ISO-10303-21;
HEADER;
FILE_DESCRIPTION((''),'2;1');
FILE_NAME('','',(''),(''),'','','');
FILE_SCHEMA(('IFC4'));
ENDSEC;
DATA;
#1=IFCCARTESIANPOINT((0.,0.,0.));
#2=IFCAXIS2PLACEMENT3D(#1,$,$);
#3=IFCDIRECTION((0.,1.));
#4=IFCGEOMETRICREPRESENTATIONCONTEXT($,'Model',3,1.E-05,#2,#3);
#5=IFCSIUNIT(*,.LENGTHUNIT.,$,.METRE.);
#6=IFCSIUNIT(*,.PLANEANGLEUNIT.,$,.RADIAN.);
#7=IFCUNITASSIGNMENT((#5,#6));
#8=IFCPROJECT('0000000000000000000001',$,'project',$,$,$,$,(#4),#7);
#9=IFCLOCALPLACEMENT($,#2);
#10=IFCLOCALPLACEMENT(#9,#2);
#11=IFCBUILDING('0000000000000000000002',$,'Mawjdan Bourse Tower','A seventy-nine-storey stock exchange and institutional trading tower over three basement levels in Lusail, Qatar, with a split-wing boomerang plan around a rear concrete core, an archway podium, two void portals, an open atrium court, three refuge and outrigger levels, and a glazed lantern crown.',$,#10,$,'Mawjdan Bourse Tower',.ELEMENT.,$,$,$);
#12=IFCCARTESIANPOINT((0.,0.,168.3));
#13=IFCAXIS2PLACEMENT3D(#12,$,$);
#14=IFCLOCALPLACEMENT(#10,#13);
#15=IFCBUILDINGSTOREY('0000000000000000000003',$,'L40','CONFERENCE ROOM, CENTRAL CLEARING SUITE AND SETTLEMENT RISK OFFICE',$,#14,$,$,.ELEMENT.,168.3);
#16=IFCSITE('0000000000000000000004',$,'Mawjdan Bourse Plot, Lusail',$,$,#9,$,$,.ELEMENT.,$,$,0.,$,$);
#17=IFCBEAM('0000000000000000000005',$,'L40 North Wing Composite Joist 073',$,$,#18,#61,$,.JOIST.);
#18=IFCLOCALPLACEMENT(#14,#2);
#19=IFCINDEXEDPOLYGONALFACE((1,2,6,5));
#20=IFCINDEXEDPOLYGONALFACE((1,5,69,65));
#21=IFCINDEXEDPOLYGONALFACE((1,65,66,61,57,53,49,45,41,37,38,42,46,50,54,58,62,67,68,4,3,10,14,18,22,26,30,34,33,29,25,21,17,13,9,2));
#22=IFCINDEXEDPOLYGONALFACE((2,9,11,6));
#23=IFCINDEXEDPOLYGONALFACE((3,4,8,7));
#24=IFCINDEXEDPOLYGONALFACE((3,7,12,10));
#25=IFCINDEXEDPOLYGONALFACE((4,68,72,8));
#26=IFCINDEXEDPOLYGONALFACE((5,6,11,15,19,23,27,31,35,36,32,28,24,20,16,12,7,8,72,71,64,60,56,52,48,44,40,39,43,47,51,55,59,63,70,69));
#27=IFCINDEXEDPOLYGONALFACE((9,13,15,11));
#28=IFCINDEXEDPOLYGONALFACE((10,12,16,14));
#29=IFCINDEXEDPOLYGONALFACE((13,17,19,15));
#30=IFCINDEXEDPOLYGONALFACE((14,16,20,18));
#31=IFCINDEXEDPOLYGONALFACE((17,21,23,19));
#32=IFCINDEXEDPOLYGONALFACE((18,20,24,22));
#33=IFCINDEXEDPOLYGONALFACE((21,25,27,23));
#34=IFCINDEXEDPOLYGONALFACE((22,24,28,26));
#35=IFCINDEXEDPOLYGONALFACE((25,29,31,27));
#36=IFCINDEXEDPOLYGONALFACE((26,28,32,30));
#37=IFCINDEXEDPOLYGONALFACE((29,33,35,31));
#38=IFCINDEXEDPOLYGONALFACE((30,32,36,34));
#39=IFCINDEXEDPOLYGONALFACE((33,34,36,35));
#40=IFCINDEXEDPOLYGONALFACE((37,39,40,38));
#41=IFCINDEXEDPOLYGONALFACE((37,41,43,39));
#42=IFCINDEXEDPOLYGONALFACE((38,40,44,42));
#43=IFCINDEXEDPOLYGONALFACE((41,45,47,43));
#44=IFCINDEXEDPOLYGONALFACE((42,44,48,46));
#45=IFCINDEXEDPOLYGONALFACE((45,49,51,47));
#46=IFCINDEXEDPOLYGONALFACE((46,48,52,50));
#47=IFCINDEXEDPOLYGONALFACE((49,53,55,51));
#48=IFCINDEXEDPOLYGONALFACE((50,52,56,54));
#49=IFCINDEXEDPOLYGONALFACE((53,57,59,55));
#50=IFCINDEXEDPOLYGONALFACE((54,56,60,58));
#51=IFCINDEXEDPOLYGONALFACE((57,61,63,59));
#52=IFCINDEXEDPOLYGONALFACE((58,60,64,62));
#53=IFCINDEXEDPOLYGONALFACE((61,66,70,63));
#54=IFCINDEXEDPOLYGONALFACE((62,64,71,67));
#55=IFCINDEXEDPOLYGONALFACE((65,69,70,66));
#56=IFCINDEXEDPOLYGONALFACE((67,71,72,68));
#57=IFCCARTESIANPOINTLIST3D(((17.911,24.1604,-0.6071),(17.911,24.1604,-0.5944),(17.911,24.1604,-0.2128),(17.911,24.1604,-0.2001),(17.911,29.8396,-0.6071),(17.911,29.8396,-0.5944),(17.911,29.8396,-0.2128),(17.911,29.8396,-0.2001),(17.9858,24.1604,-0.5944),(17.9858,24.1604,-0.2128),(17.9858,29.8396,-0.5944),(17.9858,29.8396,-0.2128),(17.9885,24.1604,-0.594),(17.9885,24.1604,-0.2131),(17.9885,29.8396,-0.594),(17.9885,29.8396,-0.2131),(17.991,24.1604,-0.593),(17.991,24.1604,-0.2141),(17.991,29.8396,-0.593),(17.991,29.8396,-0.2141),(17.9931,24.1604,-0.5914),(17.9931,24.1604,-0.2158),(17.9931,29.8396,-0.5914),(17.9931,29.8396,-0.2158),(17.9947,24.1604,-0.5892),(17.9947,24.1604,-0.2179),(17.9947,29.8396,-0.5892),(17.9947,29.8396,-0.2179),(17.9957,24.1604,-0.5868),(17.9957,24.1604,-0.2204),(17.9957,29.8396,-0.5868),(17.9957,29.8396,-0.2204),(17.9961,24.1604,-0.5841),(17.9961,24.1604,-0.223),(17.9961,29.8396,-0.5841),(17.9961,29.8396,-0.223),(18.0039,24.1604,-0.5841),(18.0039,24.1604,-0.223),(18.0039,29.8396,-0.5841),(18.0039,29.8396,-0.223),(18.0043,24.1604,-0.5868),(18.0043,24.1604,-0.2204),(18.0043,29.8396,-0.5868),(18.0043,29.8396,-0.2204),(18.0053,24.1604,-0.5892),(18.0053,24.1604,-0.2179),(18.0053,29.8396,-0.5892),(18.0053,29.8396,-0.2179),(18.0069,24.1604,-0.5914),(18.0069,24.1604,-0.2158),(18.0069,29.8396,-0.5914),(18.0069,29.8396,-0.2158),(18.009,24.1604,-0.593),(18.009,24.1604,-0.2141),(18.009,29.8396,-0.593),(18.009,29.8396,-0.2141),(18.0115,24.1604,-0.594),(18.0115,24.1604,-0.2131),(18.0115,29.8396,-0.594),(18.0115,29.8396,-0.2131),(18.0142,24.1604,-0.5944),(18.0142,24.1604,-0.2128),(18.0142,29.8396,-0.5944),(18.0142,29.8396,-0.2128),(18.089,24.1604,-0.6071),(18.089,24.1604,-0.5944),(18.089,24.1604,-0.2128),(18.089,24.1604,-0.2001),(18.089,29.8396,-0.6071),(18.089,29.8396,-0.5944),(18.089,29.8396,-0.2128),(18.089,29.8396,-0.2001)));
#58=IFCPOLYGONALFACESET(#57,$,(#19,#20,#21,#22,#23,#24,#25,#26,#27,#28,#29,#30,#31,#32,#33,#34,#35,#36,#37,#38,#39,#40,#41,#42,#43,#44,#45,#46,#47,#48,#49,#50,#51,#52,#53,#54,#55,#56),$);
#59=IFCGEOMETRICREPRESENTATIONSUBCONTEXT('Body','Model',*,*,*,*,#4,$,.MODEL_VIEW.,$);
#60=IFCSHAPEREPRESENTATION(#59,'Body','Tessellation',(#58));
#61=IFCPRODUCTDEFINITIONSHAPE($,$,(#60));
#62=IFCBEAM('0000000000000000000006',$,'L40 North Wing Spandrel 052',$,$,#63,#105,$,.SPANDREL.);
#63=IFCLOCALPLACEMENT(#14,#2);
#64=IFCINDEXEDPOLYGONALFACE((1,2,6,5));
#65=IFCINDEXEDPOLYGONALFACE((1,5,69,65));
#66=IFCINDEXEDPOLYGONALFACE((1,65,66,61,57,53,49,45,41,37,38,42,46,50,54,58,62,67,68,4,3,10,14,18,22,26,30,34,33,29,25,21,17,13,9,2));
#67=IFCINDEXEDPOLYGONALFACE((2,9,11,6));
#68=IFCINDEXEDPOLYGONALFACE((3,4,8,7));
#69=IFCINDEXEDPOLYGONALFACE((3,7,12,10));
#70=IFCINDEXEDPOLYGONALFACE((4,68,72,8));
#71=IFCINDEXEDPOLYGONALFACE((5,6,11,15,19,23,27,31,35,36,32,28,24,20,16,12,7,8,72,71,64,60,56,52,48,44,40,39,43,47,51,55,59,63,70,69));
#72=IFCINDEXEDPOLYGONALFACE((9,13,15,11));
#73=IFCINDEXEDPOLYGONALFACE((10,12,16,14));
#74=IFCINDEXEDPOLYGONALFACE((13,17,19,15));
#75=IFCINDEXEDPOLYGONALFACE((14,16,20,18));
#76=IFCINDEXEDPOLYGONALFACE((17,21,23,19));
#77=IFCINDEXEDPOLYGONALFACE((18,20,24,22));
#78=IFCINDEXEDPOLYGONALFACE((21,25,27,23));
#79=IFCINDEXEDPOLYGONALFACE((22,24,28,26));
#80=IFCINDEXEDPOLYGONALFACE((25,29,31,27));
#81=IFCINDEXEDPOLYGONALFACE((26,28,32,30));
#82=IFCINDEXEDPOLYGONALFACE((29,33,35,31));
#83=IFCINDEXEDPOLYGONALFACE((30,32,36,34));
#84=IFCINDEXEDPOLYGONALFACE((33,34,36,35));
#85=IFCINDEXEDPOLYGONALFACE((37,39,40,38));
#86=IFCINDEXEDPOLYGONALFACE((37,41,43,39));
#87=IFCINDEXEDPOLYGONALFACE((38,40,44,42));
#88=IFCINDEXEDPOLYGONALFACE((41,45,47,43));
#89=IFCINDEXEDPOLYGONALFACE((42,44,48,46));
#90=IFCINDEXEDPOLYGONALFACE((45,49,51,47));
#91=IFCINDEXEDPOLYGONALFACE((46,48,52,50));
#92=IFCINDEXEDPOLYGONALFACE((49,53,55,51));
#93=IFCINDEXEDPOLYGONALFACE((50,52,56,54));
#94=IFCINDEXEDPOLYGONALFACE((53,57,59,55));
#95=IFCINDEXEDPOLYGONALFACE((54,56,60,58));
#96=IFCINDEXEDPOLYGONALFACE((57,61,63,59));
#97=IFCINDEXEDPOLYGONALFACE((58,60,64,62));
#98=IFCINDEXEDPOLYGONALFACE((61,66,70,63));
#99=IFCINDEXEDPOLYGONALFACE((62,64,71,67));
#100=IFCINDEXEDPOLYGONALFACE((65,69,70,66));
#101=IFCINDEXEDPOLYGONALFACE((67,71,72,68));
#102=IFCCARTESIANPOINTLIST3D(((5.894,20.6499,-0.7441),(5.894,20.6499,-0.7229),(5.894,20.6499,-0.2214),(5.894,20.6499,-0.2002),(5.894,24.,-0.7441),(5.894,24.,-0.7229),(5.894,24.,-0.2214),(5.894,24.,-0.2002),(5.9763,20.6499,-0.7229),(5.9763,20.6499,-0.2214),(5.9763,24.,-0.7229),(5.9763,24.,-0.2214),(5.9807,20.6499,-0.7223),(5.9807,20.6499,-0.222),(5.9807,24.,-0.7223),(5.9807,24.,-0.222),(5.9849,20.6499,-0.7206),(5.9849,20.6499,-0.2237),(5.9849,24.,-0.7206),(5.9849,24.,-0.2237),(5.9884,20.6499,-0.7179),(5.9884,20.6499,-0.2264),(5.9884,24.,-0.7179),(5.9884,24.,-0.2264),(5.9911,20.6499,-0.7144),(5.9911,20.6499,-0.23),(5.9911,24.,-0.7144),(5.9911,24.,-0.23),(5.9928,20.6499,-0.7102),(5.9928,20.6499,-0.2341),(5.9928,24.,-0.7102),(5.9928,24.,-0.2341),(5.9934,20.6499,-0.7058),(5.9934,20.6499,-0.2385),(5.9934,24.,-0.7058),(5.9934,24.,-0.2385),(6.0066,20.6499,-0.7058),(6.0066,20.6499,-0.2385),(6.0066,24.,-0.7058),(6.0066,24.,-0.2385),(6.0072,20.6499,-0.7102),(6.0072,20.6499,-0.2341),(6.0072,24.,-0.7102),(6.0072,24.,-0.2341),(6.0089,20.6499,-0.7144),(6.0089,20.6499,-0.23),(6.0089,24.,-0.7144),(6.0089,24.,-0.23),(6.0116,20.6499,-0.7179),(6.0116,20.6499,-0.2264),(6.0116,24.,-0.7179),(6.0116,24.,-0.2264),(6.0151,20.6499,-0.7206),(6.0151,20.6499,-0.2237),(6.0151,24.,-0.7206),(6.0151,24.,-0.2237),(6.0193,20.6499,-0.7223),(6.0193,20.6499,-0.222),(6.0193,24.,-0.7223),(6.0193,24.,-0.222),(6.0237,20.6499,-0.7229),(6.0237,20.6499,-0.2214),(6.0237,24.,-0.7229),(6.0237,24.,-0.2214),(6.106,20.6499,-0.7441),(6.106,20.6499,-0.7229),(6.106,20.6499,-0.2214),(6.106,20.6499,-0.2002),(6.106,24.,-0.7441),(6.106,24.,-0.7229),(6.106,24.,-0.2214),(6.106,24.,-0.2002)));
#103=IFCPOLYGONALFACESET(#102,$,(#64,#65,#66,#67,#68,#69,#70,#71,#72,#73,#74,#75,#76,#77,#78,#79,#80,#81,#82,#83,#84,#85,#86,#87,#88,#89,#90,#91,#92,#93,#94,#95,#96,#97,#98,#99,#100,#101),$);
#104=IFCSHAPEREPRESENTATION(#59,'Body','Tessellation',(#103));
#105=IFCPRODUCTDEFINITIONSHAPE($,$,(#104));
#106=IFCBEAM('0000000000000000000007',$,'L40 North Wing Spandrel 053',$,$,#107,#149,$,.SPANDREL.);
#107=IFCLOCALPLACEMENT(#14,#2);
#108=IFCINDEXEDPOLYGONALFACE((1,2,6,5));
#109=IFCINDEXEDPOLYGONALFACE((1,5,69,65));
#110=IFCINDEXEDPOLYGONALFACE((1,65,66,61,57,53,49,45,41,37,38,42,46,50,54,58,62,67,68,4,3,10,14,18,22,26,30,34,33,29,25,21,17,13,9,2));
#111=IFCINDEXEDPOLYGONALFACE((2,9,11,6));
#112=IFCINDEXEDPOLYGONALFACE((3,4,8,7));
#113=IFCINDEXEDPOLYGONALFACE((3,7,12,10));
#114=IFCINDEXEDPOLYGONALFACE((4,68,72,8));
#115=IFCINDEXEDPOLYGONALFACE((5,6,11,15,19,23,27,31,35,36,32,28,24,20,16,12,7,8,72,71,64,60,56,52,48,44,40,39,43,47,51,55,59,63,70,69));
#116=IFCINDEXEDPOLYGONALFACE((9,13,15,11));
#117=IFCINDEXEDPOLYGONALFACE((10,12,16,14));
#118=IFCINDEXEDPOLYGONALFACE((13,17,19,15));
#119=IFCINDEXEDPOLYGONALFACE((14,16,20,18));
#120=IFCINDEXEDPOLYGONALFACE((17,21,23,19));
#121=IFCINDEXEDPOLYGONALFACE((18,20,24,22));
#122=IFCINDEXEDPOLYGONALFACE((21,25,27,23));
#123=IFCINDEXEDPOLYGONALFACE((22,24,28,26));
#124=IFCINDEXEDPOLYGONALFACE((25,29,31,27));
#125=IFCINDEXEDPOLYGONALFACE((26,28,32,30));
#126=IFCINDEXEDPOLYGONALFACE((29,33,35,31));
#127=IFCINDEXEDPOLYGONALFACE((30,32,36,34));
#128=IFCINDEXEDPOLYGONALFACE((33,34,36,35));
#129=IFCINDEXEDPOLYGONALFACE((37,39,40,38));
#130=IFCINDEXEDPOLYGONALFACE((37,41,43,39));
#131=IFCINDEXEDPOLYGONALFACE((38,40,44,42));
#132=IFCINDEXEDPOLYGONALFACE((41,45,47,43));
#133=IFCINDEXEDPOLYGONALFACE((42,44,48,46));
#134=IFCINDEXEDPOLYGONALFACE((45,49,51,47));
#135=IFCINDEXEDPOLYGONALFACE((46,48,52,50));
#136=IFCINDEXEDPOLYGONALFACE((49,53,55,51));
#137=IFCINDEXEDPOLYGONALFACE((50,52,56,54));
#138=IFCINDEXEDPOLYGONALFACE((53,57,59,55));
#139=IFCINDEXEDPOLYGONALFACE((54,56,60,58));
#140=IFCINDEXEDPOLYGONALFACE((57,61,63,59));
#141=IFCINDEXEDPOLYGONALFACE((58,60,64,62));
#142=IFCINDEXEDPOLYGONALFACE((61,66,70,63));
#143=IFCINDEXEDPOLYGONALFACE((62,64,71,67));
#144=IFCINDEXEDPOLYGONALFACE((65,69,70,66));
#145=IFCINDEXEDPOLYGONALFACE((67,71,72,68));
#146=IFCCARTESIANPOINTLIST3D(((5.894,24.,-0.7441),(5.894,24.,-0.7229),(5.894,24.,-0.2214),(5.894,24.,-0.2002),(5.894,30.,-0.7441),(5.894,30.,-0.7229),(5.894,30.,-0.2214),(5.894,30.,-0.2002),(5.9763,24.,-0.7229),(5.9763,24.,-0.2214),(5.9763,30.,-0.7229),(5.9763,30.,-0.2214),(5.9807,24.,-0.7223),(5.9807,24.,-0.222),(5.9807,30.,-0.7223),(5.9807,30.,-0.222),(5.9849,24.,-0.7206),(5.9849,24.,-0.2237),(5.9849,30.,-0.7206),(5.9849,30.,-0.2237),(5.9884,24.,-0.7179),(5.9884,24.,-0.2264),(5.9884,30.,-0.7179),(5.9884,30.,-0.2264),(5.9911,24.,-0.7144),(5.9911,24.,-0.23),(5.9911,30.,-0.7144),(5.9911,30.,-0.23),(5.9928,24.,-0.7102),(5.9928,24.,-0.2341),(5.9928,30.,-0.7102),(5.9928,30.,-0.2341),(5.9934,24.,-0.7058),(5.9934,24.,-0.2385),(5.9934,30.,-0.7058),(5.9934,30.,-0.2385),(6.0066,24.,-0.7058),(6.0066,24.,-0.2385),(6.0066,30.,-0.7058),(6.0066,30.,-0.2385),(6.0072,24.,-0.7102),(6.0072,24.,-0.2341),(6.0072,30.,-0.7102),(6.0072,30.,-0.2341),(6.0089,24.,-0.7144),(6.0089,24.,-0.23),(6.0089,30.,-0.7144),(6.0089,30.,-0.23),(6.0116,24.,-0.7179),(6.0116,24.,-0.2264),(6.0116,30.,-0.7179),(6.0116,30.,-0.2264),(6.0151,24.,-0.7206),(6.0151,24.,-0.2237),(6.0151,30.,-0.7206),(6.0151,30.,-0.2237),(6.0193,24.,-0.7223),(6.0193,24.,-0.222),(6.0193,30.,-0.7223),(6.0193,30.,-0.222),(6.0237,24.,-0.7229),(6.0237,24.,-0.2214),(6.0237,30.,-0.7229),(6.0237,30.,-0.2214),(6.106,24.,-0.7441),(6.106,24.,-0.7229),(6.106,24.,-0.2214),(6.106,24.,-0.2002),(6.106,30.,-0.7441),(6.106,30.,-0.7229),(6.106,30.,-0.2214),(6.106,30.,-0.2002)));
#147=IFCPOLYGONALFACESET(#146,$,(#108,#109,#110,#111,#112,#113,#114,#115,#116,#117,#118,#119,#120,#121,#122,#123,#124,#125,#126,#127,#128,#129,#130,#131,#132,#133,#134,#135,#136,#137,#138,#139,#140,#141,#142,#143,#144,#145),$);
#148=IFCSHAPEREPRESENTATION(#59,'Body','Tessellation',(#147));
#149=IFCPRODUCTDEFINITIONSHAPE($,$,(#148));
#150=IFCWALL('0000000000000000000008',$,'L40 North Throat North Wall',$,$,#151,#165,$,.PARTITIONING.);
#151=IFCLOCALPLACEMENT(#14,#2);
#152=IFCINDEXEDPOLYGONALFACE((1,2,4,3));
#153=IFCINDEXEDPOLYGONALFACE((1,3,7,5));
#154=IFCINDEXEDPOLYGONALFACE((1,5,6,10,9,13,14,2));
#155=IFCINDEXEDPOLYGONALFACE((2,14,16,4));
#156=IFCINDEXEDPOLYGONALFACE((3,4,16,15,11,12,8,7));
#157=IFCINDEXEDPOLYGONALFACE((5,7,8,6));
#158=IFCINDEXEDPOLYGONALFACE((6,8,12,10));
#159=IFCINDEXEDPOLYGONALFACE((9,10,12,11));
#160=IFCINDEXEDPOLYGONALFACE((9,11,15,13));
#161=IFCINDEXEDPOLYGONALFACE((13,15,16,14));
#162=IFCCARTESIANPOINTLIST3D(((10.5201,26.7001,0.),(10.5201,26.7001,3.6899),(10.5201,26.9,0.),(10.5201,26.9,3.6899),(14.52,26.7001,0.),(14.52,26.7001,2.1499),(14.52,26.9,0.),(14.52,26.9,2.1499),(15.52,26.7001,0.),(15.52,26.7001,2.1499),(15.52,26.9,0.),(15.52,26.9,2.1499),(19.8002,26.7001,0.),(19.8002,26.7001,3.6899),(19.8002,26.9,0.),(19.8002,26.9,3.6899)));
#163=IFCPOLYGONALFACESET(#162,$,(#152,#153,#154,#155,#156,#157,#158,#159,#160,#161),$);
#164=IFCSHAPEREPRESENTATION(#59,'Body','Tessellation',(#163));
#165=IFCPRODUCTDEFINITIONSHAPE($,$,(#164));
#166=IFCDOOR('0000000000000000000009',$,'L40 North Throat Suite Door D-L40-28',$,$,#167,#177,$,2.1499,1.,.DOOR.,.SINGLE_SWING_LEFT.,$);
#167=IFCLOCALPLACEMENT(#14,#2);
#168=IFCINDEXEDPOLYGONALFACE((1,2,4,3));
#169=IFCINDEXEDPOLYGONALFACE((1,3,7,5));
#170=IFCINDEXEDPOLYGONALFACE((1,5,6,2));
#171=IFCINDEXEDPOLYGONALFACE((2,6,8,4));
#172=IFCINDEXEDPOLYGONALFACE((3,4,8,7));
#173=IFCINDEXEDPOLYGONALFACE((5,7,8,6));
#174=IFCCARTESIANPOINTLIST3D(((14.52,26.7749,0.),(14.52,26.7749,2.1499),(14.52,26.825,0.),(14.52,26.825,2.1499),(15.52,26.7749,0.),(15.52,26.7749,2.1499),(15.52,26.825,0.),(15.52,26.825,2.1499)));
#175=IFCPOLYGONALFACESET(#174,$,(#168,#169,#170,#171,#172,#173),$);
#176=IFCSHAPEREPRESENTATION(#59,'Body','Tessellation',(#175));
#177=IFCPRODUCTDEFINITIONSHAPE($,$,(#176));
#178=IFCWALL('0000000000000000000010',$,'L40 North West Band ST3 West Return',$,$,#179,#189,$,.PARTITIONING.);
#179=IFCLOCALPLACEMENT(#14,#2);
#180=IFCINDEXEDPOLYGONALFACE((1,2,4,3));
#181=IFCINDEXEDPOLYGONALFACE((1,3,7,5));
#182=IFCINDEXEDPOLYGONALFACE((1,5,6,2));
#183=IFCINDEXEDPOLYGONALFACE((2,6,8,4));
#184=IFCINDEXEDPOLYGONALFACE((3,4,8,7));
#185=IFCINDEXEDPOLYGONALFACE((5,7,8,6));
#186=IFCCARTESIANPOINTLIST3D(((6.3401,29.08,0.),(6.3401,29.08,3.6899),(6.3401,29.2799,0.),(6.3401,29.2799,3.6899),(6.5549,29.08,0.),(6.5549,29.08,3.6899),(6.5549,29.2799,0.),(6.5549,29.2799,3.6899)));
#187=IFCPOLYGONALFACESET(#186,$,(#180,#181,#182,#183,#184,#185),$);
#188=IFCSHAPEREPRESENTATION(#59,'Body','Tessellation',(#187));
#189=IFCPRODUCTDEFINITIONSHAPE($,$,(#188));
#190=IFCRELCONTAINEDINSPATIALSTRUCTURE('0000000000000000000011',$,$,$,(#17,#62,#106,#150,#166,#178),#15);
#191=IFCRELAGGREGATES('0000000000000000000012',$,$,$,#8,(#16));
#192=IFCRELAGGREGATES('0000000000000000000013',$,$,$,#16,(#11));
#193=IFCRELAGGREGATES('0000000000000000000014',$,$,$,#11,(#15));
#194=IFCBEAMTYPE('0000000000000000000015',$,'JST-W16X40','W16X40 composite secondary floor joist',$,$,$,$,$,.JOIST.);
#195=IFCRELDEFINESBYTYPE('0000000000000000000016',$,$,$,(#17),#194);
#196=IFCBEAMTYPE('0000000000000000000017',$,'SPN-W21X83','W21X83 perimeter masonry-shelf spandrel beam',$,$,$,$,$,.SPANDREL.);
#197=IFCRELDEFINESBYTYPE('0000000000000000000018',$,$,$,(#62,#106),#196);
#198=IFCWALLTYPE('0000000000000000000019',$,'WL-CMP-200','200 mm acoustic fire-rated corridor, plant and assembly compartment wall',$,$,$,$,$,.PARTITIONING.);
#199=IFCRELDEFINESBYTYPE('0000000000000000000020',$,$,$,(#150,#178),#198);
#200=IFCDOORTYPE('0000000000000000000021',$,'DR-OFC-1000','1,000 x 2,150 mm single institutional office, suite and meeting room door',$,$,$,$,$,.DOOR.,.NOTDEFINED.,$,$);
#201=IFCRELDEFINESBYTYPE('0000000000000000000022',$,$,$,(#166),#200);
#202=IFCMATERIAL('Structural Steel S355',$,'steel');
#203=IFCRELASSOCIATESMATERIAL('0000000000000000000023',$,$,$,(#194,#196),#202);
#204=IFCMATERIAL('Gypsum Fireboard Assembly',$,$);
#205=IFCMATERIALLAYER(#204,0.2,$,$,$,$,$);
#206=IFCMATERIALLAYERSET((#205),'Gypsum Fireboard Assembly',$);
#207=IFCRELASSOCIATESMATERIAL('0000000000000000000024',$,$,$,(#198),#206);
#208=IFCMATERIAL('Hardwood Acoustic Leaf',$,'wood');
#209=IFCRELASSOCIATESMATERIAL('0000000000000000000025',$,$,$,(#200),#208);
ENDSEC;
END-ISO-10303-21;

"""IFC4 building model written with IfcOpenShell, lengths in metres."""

from ifc_helpers import new_model, si_unit, direction, frame, frame_2d, origin, origin_2d, place, context, subcontext, project, spatial, rectangle, i_section, extrude, material, layer, layer_set, material_profile, profile_set, type_object, element, fill, save


model = new_model("IFC4")

# Units and contexts
model_context = context("Model", 3, precision=1e-05, world=origin(), true_north=direction((0.0, 1.0)))
body_context = subcontext(model_context, "Body", "Model", "MODEL_VIEW")
ifc_project = project(units=[si_unit("LENGTHUNIT", "METRE"), si_unit("PLANEANGLEUNIT", "RADIAN")], contexts=[model_context])

# Site, building, storey
site_placement = place(None, origin())
site = spatial("IfcSite", under=ifc_project, at=site_placement, Name="Mawjdan Bourse Plot, Lusail", CompositionType="ELEMENT", RefElevation=0.0)
building_placement = place(site_placement, origin())
building = spatial("IfcBuilding", under=site, at=building_placement, Name="Mawjdan Bourse Tower", Description="A seventy-nine-storey stock exchange and institutional trading tower over three basement levels in Lusail, Qatar, with a split-wing boomerang plan around a rear concrete core, an archway podium, two void portals, an open atrium court, three refuge and outrigger levels, and a glazed lantern crown.", LongName="Mawjdan Bourse Tower", CompositionType="ELEMENT")
storey_placement = place(building_placement, frame((0.0, 0.0, 168.3)))
storey = spatial("IfcBuildingStorey", under=building, at=storey_placement, Name="L40", Description="CONFERENCE ROOM, CENTRAL CLEARING SUITE AND SETTLEMENT RISK OFFICE", CompositionType="ELEMENT", Elevation=168.3)

# Beams
ifc_material_1 = material(Name="Structural Steel S355", Category="steel")
ifc_material_profile_1 = material_profile(ifc_material_1, i_section(OverallWidth=0.178, OverallDepth=0.407, WebThickness=0.0078, FlangeThickness=0.0127, FilletRadius=0.0103, at=origin_2d()), Name="W16X40")
ifc_profile_set_1 = profile_set([ifc_material_profile_1], Name="Structural Steel S355")
beam_type_1 = type_object("IfcBeamType", Name="JST-W16X40", Description="W16X40 composite secondary floor joist", PredefinedType="JOIST", material=ifc_profile_set_1)
beam_1_placement = place(storey_placement, frame((18.0, 24.1604, -0.4036), z_axis=(0.0, 1.0, 0.0), x_axis=(-1.0, 0.0, 0.0)))
element("IfcBeam", 1, at=beam_1_placement, inside=storey, type_object=beam_type_1, Name="L40 North Wing Composite Joist 073", PredefinedType="JOIST", context=body_context, shape_type="SweptSolid", body=[
    extrude(i_section(OverallWidth=0.178, OverallDepth=0.407, WebThickness=0.0078, FlangeThickness=0.0127, FilletRadius=0.0103, at=origin_2d()), origin(), (0.0, 0.0, 1.0), 5.6792),
])
ifc_material_profile_2 = material_profile(ifc_material_1, i_section(OverallWidth=0.2119, OverallDepth=0.5439, WebThickness=0.0132, FlangeThickness=0.0212, FilletRadius=0.0171, at=origin_2d()), Name="W21X83")
ifc_profile_set_2 = profile_set([ifc_material_profile_2], Name="Structural Steel S355")
beam_type_2 = type_object("IfcBeamType", Name="SPN-W21X83", Description="W21X83 perimeter masonry-shelf spandrel beam", PredefinedType="SPANDREL", material=ifc_profile_set_2)
beam_2_placement = place(storey_placement, frame((6.0, 20.6499, -0.4722), z_axis=(0.0, 1.0, 0.0), x_axis=(-1.0, 0.0, 0.0)))
element("IfcBeam", 2, at=beam_2_placement, inside=storey, type_object=beam_type_2, Name="L40 North Wing Spandrel 052", PredefinedType="SPANDREL", context=body_context, shape_type="SweptSolid", body=[
    extrude(i_section(OverallWidth=0.2119, OverallDepth=0.5439, WebThickness=0.0132, FlangeThickness=0.0212, FilletRadius=0.0171, at=origin_2d()), origin(), (0.0, 0.0, 1.0), 3.3501),
])
beam_3_placement = place(storey_placement, frame((6.0, 24.0, -0.4722), z_axis=(0.0, 1.0, 0.0), x_axis=(-1.0, 0.0, 0.0)))
element("IfcBeam", 3, at=beam_3_placement, inside=storey, type_object=beam_type_2, Name="L40 North Wing Spandrel 053", PredefinedType="SPANDREL", context=body_context, shape_type="SweptSolid", body=[
    extrude(i_section(OverallWidth=0.2119, OverallDepth=0.5439, WebThickness=0.0132, FlangeThickness=0.0212, FilletRadius=0.0171, at=origin_2d()), origin(), (0.0, 0.0, 1.0), 6.0),
])

# Wall, opening, door
ifc_material_2 = material(Name="Gypsum Fireboard Assembly")
ifc_layer_1 = layer(ifc_material_2, 0.2)
ifc_layer_set_1 = layer_set([ifc_layer_1], Name="Gypsum Fireboard Assembly")
wall_type_1 = type_object("IfcWallType", Name="WL-CMP-200", Description="200 mm acoustic fire-rated corridor, plant and assembly compartment wall", PredefinedType="PARTITIONING", material=ifc_layer_set_1)
wall_1_placement = place(storey_placement, frame((10.52, 26.8, 0.0), z_axis=(0.0, 0.0, 1.0), x_axis=(1.0, 0.0, 0.0)))
wall_1 = element("IfcWall", 4, at=wall_1_placement, inside=storey, type_object=wall_type_1, Name="L40 North Throat North Wall", PredefinedType="PARTITIONING", context=body_context, shape_type="SweptSolid", body=[
    extrude(rectangle(XDim=9.28, YDim=0.2, at=frame_2d((4.6401, 0.0))), origin(), (0.0, 0.0, 1.0), 3.6899),
])
opening_1_placement = place(wall_1_placement, frame((4.0, 0.0, 0.0)))
opening_1 = element("IfcOpeningElement", 5, at=opening_1_placement, cuts=wall_1, PredefinedType="OPENING", context=body_context, shape_type="SweptSolid", body=[
    extrude(rectangle(XDim=1.0, YDim=2.1499, at=frame_2d((0.5, 1.075))), frame((0.0, 0.1099, 0.0), z_axis=(0.0, -1.0, 0.0), x_axis=(1.0, 0.0, 0.0)), (0.0, 0.0, 1.0), 0.22),
])
ifc_material_3 = material(Name="Hardwood Acoustic Leaf", Category="wood")
door_type_1 = type_object("IfcDoorType", Name="DR-OFC-1000", Description="1,000 x 2,150 mm single institutional office, suite and meeting room door", OperationType="NOTDEFINED", PredefinedType="DOOR", material=ifc_material_3)
door_1_placement = place(opening_1_placement, origin())
door_1 = element("IfcDoor", 6, at=door_1_placement, inside=storey, type_object=door_type_1, Name="L40 North Throat Suite Door D-L40-28", OperationType="SINGLE_SWING_LEFT", OverallHeight=2.1499, OverallWidth=1.0, PredefinedType="DOOR", context=body_context, shape_type="SweptSolid", body=[
    extrude(rectangle(XDim=1.0, YDim=2.1499, at=frame_2d((0.5, 1.075))), frame((0.0, 0.0249, 0.0), z_axis=(0.0, -1.0, 0.0), x_axis=(1.0, 0.0, 0.0)), (0.0, 0.0, 1.0), 0.05),
])
fill(opening_1, door_1)

# Wall
wall_2_placement = place(storey_placement, frame((6.3401, 29.1799, 0.0), z_axis=(0.0, 0.0, 1.0), x_axis=(1.0, 0.0, 0.0)))
element("IfcWall", 7, at=wall_2_placement, inside=storey, type_object=wall_type_1, Name="L40 North West Band ST3 West Return", PredefinedType="PARTITIONING", context=body_context, shape_type="SweptSolid", body=[
    extrude(rectangle(XDim=0.2148, YDim=0.2, at=frame_2d((0.1074, 0.0))), origin(), (0.0, 0.0, 1.0), 3.6899),
])

save(model, "model.ifc")
